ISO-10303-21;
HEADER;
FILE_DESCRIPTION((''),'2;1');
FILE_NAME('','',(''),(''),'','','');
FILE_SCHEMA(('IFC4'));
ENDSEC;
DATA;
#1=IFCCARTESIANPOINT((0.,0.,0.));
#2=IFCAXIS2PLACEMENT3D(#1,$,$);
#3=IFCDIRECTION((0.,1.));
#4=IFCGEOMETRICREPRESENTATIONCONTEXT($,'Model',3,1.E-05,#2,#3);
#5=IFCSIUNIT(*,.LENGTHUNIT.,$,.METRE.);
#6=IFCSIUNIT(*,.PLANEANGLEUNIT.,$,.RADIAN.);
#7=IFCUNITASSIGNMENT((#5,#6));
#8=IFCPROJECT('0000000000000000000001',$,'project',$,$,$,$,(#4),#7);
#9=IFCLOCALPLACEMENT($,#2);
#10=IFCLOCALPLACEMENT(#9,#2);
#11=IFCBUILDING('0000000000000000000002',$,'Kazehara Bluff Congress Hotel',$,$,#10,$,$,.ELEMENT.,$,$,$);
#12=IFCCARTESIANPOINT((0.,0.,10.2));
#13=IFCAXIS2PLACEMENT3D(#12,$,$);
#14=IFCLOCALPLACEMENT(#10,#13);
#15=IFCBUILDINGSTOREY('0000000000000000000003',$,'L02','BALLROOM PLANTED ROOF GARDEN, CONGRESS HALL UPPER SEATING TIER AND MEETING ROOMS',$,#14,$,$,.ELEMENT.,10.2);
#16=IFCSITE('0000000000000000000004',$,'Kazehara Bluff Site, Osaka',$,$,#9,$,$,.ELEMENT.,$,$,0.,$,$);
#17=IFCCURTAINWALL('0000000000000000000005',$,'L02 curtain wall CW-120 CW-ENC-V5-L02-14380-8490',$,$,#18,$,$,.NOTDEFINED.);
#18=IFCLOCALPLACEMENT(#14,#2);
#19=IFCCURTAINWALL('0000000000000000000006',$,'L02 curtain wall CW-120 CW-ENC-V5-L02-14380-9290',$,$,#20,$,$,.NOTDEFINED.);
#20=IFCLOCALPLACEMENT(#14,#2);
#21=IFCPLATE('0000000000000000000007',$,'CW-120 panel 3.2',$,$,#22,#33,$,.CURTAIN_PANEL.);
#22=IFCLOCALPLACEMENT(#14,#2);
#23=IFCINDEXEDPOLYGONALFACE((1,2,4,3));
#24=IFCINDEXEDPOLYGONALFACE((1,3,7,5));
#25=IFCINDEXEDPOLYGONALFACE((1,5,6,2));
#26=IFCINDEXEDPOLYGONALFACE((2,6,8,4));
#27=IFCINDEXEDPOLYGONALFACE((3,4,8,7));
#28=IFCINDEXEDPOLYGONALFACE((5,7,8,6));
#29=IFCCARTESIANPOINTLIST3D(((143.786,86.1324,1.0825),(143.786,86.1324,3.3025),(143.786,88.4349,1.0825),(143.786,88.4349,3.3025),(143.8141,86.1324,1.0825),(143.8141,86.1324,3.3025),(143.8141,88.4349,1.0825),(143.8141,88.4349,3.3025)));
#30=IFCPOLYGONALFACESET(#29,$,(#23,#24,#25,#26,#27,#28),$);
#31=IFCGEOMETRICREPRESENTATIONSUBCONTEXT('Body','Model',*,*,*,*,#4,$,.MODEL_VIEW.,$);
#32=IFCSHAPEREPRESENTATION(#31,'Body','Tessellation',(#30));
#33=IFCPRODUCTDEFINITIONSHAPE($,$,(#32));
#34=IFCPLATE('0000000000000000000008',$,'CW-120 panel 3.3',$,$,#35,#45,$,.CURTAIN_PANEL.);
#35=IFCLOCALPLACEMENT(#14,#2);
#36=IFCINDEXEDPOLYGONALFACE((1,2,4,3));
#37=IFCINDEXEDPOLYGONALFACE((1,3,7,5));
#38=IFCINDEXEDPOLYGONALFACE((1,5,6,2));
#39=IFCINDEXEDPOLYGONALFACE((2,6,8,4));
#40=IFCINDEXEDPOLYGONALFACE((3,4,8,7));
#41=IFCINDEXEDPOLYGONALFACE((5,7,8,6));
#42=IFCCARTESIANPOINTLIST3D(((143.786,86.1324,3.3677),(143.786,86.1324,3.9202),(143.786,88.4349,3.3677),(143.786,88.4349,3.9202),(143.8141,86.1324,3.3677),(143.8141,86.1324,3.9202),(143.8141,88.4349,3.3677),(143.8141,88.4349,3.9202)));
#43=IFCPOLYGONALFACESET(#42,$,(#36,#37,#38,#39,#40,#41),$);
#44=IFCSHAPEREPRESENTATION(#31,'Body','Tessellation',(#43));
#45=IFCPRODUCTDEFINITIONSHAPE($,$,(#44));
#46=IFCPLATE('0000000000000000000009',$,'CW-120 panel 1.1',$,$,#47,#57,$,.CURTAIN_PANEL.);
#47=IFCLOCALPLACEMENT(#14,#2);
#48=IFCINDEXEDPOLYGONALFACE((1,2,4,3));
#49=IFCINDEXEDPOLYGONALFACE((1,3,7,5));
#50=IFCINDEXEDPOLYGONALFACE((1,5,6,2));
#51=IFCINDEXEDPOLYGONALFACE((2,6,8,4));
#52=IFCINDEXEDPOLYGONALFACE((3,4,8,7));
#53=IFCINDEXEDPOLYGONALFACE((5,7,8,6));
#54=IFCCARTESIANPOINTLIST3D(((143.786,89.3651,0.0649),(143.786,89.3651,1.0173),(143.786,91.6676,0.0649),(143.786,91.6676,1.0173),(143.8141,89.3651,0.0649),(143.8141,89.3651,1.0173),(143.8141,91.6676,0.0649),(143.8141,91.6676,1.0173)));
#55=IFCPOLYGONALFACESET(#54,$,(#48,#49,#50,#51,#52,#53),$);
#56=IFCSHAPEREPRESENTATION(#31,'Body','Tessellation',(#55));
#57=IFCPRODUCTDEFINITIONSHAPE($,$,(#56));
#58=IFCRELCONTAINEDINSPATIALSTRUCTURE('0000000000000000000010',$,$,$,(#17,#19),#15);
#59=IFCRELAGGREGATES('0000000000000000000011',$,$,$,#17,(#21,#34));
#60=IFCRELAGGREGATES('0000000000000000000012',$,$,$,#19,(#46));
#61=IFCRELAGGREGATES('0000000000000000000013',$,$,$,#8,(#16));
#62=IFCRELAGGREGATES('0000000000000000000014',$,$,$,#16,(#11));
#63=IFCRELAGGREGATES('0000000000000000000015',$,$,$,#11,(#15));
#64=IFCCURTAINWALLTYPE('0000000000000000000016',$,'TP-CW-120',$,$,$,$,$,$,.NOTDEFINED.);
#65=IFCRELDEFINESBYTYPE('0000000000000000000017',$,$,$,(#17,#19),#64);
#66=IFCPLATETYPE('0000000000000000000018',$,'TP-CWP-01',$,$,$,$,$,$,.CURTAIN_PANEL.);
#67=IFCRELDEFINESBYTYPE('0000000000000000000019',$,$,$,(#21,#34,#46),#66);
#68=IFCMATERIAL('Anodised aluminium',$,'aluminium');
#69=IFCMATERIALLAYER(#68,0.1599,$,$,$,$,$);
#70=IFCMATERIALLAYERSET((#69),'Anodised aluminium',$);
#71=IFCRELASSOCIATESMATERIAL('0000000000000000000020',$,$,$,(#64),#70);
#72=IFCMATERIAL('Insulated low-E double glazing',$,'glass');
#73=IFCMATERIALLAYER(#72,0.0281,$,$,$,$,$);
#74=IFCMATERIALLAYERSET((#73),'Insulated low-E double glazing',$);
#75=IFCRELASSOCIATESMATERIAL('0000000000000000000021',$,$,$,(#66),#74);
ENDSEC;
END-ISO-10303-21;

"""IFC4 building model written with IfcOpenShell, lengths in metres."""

from ifc_helpers import new_model, si_unit, direction, frame, origin, origin_2d, place, context, subcontext, project, spatial, rectangle, extrude, material, layer, layer_set, type_object, element, aggregate, save


model = new_model("IFC4")

# Units and contexts
model_context = context("Model", 3, precision=1e-05, world=origin(), true_north=direction((0.0, 1.0)))
body_context = subcontext(model_context, "Body", "Model", "MODEL_VIEW")
ifc_project = project(units=[si_unit("LENGTHUNIT", "METRE"), si_unit("PLANEANGLEUNIT", "RADIAN")], contexts=[model_context])

# Site, building, storey
site_placement = place(None, origin())
site = spatial("IfcSite", under=ifc_project, at=site_placement, Name="Kazehara Bluff Site, Osaka", CompositionType="ELEMENT", RefElevation=0.0)
building_placement = place(site_placement, origin())
building = spatial("IfcBuilding", under=site, at=building_placement, Name="Kazehara Bluff Congress Hotel", CompositionType="ELEMENT")
storey_placement = place(building_placement, frame((0.0, 0.0, 10.2)))
storey = spatial("IfcBuildingStorey", under=building, at=storey_placement, Name="L02", Description="BALLROOM PLANTED ROOF GARDEN, CONGRESS HALL UPPER SEATING TIER AND MEETING ROOMS", CompositionType="ELEMENT", Elevation=10.2)

# Curtain wall
ifc_material_1 = material(Name="Anodised aluminium", Category="aluminium")
ifc_layer_1 = layer(ifc_material_1, 0.1599)
ifc_layer_set_1 = layer_set([ifc_layer_1], Name="Anodised aluminium")
curtain_wall_type = type_object("IfcCurtainWallType", Name="TP-CW-120", PredefinedType="NOTDEFINED", material=ifc_layer_set_1)
curtain_wall_1_placement = place(storey_placement, origin())
curtain_wall_1 = element("IfcCurtainWall", 1, at=curtain_wall_1_placement, inside=storey, type_object=curtain_wall_type, Name="L02 curtain wall CW-120 CW-ENC-V5-L02-14380-8490", PredefinedType="NOTDEFINED")

# Curtain wall
curtain_wall_2_placement = place(storey_placement, origin())
curtain_wall_2 = element("IfcCurtainWall", 2, at=curtain_wall_2_placement, inside=storey, type_object=curtain_wall_type, Name="L02 curtain wall CW-120 CW-ENC-V5-L02-14380-9290", PredefinedType="NOTDEFINED")

# Plates
ifc_material_2 = material(Name="Insulated low-E double glazing", Category="glass")
ifc_layer_2 = layer(ifc_material_2, 0.0281)
ifc_layer_set_2 = layer_set([ifc_layer_2], Name="Insulated low-E double glazing")
plate_type = type_object("IfcPlateType", Name="TP-CWP-01", PredefinedType="CURTAIN_PANEL", material=ifc_layer_set_2)
plate_1_placement = place(storey_placement, frame((143.8, 87.2837, 1.0825), z_axis=(0.0, 0.0, 1.0), x_axis=(0.0, 1.0, 0.0)))
plate_1 = element("IfcPlate", 3, at=plate_1_placement, type_object=plate_type, Name="CW-120 panel 3.2", PredefinedType="CURTAIN_PANEL", context=body_context, shape_type="SweptSolid", body=[
    extrude(rectangle(XDim=2.3025, YDim=0.0281, at=origin_2d()), origin(), (0.0, 0.0, 1.0), 2.22),
])
plate_2_placement = place(storey_placement, frame((143.8, 87.2837, 3.3677), z_axis=(0.0, 0.0, 1.0), x_axis=(0.0, 1.0, 0.0)))
plate_2 = element("IfcPlate", 4, at=plate_2_placement, type_object=plate_type, Name="CW-120 panel 3.3", PredefinedType="CURTAIN_PANEL", context=body_context, shape_type="SweptSolid", body=[
    extrude(rectangle(XDim=2.3025, YDim=0.0281, at=origin_2d()), origin(), (0.0, 0.0, 1.0), 0.5525),
])
aggregate(curtain_wall_1, [plate_1, plate_2])
plate_3_placement = place(storey_placement, frame((143.8, 90.5164, 0.0649), z_axis=(0.0, 0.0, 1.0), x_axis=(0.0, 1.0, 0.0)))
plate_3 = element("IfcPlate", 5, at=plate_3_placement, type_object=plate_type, Name="CW-120 panel 1.1", PredefinedType="CURTAIN_PANEL", context=body_context, shape_type="SweptSolid", body=[
    extrude(rectangle(XDim=2.3025, YDim=0.0281, at=origin_2d()), origin(), (0.0, 0.0, 1.0), 0.9524),
])
aggregate(curtain_wall_2, [plate_3])

save(model, "model.ifc")
